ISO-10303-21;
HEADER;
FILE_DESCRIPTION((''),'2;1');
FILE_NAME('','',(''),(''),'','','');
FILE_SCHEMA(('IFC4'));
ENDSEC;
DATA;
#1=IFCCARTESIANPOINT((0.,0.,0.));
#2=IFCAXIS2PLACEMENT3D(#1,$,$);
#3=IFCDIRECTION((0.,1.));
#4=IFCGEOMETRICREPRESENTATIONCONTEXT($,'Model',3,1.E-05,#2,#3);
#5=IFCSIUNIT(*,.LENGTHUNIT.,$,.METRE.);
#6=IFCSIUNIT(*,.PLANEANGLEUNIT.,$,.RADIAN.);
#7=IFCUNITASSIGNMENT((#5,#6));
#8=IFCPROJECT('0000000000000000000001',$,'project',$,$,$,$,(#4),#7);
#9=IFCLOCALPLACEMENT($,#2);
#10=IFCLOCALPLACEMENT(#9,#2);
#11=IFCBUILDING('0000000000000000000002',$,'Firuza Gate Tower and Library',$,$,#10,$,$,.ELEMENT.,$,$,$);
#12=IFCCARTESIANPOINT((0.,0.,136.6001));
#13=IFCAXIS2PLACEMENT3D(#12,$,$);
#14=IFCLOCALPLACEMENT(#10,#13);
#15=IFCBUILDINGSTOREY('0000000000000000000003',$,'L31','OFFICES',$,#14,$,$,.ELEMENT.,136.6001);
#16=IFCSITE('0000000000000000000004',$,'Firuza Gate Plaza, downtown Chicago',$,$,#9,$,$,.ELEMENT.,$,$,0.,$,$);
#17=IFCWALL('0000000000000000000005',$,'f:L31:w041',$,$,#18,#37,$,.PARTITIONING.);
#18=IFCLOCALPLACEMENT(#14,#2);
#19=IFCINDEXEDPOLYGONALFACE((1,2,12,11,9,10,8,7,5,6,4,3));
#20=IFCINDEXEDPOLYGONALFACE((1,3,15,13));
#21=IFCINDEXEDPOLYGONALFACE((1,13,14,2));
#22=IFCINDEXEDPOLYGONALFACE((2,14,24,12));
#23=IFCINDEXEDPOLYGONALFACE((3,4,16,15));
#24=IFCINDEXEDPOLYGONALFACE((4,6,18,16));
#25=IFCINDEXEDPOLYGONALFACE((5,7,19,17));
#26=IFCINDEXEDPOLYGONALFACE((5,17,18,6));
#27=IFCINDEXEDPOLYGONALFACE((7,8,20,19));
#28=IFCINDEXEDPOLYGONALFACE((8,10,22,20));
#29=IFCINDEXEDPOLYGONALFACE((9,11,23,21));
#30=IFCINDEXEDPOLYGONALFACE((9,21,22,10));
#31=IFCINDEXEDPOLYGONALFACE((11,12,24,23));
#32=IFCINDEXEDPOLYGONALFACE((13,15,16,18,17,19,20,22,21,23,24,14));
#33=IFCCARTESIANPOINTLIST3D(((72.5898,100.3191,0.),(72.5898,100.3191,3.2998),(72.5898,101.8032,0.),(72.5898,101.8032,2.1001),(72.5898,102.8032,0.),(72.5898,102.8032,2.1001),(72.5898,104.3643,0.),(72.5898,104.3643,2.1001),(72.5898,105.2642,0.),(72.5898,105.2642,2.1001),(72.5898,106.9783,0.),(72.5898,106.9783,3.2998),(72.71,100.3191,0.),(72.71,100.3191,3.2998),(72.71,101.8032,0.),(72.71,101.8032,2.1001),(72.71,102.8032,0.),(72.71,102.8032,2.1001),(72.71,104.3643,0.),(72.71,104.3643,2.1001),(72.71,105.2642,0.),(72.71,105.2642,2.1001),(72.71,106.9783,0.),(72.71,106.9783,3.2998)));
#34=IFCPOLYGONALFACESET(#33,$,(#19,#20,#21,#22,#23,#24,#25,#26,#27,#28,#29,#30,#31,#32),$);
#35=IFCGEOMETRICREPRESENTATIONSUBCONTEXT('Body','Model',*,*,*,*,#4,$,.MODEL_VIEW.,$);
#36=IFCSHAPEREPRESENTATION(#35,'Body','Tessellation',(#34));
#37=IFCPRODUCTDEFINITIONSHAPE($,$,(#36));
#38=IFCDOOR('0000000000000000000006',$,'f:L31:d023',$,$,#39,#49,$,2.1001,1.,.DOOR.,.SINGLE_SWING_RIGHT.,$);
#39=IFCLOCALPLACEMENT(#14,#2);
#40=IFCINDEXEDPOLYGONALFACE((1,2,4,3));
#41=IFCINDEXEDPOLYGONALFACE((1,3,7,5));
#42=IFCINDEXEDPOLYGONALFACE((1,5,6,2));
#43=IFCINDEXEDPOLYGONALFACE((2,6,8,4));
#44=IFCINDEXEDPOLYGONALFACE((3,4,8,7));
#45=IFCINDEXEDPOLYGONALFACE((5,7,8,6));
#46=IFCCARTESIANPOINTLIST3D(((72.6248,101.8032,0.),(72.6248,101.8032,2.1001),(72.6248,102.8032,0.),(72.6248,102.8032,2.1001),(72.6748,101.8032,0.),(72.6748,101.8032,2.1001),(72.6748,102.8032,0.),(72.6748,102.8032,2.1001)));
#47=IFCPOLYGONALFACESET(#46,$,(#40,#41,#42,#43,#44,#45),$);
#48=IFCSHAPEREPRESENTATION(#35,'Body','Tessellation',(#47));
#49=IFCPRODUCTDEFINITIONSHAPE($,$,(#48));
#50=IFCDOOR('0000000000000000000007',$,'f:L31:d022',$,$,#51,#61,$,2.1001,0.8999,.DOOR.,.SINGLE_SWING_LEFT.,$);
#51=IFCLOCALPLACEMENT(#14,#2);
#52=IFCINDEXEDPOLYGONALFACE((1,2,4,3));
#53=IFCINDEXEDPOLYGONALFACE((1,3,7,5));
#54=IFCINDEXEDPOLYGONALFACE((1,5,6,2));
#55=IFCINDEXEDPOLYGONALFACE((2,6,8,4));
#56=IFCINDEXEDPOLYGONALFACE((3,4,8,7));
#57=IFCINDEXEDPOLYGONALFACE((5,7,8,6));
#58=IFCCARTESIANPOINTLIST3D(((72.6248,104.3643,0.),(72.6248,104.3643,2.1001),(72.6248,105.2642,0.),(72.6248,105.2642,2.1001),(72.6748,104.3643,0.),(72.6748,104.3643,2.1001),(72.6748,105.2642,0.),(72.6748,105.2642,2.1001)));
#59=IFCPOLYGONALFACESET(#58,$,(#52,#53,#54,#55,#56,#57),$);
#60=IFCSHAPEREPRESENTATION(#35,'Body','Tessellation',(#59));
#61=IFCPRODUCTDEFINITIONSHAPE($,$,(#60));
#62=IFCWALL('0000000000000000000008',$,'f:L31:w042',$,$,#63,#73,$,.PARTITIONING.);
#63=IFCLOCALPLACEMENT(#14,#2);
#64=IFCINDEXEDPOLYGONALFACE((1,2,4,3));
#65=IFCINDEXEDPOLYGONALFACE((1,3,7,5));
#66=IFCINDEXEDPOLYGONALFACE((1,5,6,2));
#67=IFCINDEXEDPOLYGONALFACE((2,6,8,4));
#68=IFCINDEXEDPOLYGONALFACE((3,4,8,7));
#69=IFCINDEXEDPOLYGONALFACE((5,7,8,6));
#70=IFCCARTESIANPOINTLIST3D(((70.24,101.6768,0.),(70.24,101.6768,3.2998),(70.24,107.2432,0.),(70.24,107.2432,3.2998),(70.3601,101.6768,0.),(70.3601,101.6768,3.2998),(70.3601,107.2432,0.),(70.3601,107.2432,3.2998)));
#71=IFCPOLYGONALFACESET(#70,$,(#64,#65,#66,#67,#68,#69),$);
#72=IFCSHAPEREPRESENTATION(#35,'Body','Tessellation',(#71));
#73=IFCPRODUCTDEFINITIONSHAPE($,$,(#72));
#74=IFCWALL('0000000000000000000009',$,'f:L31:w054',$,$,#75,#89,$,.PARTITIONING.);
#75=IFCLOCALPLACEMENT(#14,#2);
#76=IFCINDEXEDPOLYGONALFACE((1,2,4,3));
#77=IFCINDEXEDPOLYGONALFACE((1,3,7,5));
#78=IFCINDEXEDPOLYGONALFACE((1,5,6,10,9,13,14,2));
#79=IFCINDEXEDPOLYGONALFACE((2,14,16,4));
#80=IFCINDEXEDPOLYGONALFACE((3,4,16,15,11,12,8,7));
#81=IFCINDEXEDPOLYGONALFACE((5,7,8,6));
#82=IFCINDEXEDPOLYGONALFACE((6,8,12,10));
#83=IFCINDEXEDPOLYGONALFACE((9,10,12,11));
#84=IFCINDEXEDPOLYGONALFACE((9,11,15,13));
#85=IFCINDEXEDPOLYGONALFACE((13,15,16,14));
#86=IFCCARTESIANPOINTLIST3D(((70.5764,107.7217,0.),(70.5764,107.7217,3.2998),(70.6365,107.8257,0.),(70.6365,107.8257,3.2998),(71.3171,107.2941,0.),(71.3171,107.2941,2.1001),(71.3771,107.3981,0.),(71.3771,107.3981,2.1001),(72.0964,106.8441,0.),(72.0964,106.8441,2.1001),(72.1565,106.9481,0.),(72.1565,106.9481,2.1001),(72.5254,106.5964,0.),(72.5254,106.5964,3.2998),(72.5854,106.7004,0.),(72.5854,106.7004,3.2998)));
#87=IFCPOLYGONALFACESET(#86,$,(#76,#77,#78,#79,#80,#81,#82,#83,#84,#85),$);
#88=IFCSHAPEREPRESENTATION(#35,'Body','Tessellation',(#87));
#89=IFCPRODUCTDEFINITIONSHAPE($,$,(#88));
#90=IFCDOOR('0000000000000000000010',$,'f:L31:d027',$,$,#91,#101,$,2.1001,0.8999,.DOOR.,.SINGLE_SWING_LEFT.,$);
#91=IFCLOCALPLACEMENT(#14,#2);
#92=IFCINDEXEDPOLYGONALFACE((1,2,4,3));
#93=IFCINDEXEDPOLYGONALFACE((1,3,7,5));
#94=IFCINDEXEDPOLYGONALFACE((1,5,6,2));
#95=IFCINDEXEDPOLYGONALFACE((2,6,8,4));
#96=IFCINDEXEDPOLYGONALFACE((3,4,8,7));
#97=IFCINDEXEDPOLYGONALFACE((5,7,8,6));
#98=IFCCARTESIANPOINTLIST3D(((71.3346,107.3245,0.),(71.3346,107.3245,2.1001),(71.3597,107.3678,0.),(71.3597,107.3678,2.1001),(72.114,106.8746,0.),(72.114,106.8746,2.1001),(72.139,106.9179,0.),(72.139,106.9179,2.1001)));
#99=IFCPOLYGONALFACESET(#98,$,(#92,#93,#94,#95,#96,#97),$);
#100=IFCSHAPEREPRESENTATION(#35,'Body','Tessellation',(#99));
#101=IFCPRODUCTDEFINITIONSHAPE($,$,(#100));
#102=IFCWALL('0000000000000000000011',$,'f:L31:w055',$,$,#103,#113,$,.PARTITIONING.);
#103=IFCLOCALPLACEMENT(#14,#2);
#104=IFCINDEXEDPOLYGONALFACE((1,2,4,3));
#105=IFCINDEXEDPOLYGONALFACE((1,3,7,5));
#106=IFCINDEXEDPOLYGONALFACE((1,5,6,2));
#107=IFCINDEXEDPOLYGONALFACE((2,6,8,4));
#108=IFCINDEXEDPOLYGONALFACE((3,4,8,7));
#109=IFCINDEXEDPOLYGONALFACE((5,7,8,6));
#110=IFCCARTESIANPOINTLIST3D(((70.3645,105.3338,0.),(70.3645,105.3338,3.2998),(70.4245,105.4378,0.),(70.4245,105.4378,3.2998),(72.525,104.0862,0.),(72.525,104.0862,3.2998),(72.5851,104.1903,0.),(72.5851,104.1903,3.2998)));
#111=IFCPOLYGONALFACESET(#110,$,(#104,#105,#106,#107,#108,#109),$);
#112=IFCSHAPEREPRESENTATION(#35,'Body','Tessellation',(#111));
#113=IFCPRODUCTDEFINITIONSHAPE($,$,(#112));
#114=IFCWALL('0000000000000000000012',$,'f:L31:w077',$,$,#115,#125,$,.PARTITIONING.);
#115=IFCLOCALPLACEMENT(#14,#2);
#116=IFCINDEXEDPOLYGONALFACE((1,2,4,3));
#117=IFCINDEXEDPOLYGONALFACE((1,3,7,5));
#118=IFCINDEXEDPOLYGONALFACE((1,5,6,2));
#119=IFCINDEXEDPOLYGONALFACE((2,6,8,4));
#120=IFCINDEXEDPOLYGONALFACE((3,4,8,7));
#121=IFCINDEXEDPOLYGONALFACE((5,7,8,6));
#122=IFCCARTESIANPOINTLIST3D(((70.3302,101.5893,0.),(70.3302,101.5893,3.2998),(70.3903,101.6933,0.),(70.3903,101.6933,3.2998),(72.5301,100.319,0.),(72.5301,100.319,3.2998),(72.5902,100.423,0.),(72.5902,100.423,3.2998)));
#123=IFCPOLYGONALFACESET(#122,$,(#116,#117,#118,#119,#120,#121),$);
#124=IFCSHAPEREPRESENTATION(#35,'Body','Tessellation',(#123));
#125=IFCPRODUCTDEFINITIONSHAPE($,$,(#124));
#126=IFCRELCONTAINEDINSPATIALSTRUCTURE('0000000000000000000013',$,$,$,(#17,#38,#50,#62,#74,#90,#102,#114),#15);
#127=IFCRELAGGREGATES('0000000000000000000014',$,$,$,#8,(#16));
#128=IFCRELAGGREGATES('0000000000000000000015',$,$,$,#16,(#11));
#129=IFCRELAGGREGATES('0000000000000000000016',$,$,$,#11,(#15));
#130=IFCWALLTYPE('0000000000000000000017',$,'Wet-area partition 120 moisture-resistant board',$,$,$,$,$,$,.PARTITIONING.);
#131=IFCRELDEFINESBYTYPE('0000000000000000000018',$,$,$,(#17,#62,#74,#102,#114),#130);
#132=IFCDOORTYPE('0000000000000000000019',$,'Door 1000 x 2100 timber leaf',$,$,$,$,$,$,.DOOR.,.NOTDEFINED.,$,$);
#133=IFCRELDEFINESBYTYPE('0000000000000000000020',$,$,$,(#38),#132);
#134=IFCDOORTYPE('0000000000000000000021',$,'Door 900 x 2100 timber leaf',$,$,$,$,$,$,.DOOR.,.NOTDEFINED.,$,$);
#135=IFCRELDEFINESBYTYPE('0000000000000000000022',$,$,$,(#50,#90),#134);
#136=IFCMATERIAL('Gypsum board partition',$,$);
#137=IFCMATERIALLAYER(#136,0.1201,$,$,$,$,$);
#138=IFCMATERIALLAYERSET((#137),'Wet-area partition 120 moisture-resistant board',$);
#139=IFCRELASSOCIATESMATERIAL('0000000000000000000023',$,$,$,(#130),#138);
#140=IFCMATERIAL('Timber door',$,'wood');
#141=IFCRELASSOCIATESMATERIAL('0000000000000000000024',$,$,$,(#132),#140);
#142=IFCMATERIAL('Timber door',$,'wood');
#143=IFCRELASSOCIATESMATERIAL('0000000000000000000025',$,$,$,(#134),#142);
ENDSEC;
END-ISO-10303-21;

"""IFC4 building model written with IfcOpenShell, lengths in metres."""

from ifc_helpers import new_model, si_unit, direction, frame, frame_2d, origin, place, context, subcontext, project, spatial, rectangle, extrude, material, layer, layer_set, type_object, element, fill, save


model = new_model("IFC4")

# Units and contexts
model_context = context("Model", 3, precision=1e-05, world=origin(), true_north=direction((0.0, 1.0)))
body_context = subcontext(model_context, "Body", "Model", "MODEL_VIEW")
ifc_project = project(units=[si_unit("LENGTHUNIT", "METRE"), si_unit("PLANEANGLEUNIT", "RADIAN")], contexts=[model_context])

# Site, building, storey
site_placement = place(None, origin())
site = spatial("IfcSite", under=ifc_project, at=site_placement, Name="Firuza Gate Plaza, downtown Chicago", CompositionType="ELEMENT", RefElevation=0.0)
building_placement = place(site_placement, origin())
building = spatial("IfcBuilding", under=site, at=building_placement, Name="Firuza Gate Tower and Library", CompositionType="ELEMENT")
storey_placement = place(building_placement, frame((0.0, 0.0, 136.6001)))
storey = spatial("IfcBuildingStorey", under=building, at=storey_placement, Name="L31", Description="OFFICES", CompositionType="ELEMENT", Elevation=136.6001)

# Shared definitions
ifc_material_1 = material(Name="Gypsum board partition")
ifc_layer_1 = layer(ifc_material_1, 0.1201)
ifc_layer_set_1 = layer_set([ifc_layer_1], Name="Wet-area partition 120 moisture-resistant board")
wall_type_1 = type_object("IfcWallType", Name="Wet-area partition 120 moisture-resistant board", PredefinedType="PARTITIONING", material=ifc_layer_set_1)

# Wall, openings, doors
wall_1_placement = place(storey_placement, frame((72.6499, 106.9783, 0.0), z_axis=(0.0, 0.0, 1.0), x_axis=(0.0, -1.0, 0.0)))
wall_1 = element("IfcWall", 1, at=wall_1_placement, inside=storey, type_object=wall_type_1, Name="f:L31:w041", PredefinedType="PARTITIONING", context=body_context, shape_type="SweptSolid", body=[
    extrude(rectangle(XDim=6.6592, YDim=0.1201, at=frame_2d((3.3296, 0.0))), origin(), (0.0, 0.0, 1.0), 3.2998),
])
opening_1_placement = place(wall_1_placement, frame((1.7141, 0.0, 0.0)))
opening_1 = element("IfcOpeningElement", 2, at=opening_1_placement, cuts=wall_1, PredefinedType="OPENING", context=body_context, shape_type="SweptSolid", body=[
    extrude(rectangle(XDim=0.8999, YDim=2.1001, at=frame_2d((0.45, 1.05))), frame((0.0, 0.0701, 0.0), z_axis=(0.0, -1.0, 0.0), x_axis=(1.0, 0.0, 0.0)), (0.0, 0.0, 1.0), 0.1401),
])
opening_2_placement = place(wall_1_placement, frame((4.175, 0.0, 0.0)))
opening_2 = element("IfcOpeningElement", 3, at=opening_2_placement, cuts=wall_1, PredefinedType="OPENING", context=body_context, shape_type="SweptSolid", body=[
    extrude(rectangle(XDim=1.0, YDim=2.1001, at=frame_2d((0.5, 1.05))), frame((0.0, 0.0701, 0.0), z_axis=(0.0, -1.0, 0.0), x_axis=(1.0, 0.0, 0.0)), (0.0, 0.0, 1.0), 0.1401),
])
ifc_material_2 = material(Name="Timber door", Category="wood")
door_type_1 = type_object("IfcDoorType", Name="Door 1000 x 2100 timber leaf", OperationType="NOTDEFINED", PredefinedType="DOOR", material=ifc_material_2)
door_1_placement = place(opening_2_placement, origin())
door_1 = element("IfcDoor", 4, at=door_1_placement, inside=storey, type_object=door_type_1, Name="f:L31:d023", OperationType="SINGLE_SWING_RIGHT", OverallHeight=2.1001, OverallWidth=1.0, PredefinedType="DOOR", context=body_context, shape_type="SweptSolid", body=[
    extrude(rectangle(XDim=1.0, YDim=2.1001, at=frame_2d((0.5, 1.05))), frame((0.0, 0.0249, 0.0), z_axis=(0.0, -1.0, 0.0), x_axis=(1.0, 0.0, 0.0)), (0.0, 0.0, 1.0), 0.05),
])
fill(opening_2, door_1)
ifc_material_3 = material(Name="Timber door", Category="wood")
door_type_2 = type_object("IfcDoorType", Name="Door 900 x 2100 timber leaf", OperationType="NOTDEFINED", PredefinedType="DOOR", material=ifc_material_3)
door_2_placement = place(opening_1_placement, origin())
door_2 = element("IfcDoor", 5, at=door_2_placement, inside=storey, type_object=door_type_2, Name="f:L31:d022", OperationType="SINGLE_SWING_LEFT", OverallHeight=2.1001, OverallWidth=0.8999, PredefinedType="DOOR", context=body_context, shape_type="SweptSolid", body=[
    extrude(rectangle(XDim=0.8999, YDim=2.1001, at=frame_2d((0.45, 1.05))), frame((0.0, 0.0249, 0.0), z_axis=(0.0, -1.0, 0.0), x_axis=(1.0, 0.0, 0.0)), (0.0, 0.0, 1.0), 0.05),
])
fill(opening_1, door_2)

# Wall
wall_2_placement = place(storey_placement, frame((70.3, 101.6768, 0.0), z_axis=(0.0, 0.0, 1.0), x_axis=(0.0, 1.0, 0.0)))
element("IfcWall", 6, at=wall_2_placement, inside=storey, type_object=wall_type_1, Name="f:L31:w042", PredefinedType="PARTITIONING", context=body_context, shape_type="SweptSolid", body=[
    extrude(rectangle(XDim=5.5664, YDim=0.1201, at=frame_2d((2.7832, 0.0))), origin(), (0.0, 0.0, 1.0), 3.2998),
])

# Wall, opening, door
wall_3_placement = place(storey_placement, frame((72.5554, 106.6484, 0.0), z_axis=(0.0, 0.0, 1.0), x_axis=(-0.866025, 0.500001, 0.0)))
wall_3 = element("IfcWall", 7, at=wall_3_placement, inside=storey, type_object=wall_type_1, Name="f:L31:w054", PredefinedType="PARTITIONING", context=body_context, shape_type="SweptSolid", body=[
    extrude(rectangle(XDim=2.2505, YDim=0.1201, at=frame_2d((1.1252, 0.0))), origin(), (0.0, 0.0, 1.0), 3.2998),
])
opening_3_placement = place(wall_3_placement, frame((0.4954, 0.0, 0.0)))
opening_3 = element("IfcOpeningElement", 8, at=opening_3_placement, cuts=wall_3, PredefinedType="OPENING", context=body_context, shape_type="SweptSolid", body=[
    extrude(rectangle(XDim=0.8999, YDim=2.1001, at=frame_2d((0.45, 1.05))), frame((0.0, 0.0701, 0.0), z_axis=(0.0, -1.0, 0.0), x_axis=(1.0, 0.0, 0.0)), (0.0, 0.0, 1.0), 0.1401),
])
door_3_placement = place(opening_3_placement, origin())
door_3 = element("IfcDoor", 9, at=door_3_placement, inside=storey, type_object=door_type_2, Name="f:L31:d027", OperationType="SINGLE_SWING_LEFT", OverallHeight=2.1001, OverallWidth=0.8999, PredefinedType="DOOR", context=body_context, shape_type="SweptSolid", body=[
    extrude(rectangle(XDim=0.8999, YDim=2.1001, at=frame_2d((0.45, 1.05))), frame((0.0, 0.0249, 0.0), z_axis=(0.0, -1.0, 0.0), x_axis=(1.0, 0.0, 0.0)), (0.0, 0.0, 1.0), 0.05),
])
fill(opening_3, door_3)

# Walls
wall_4_placement = place(storey_placement, frame((72.5552, 104.1382, 0.0), z_axis=(0.0, 0.0, 1.0), x_axis=(-0.866006, 0.500033, 0.0)))
element("IfcWall", 10, at=wall_4_placement, inside=storey, type_object=wall_type_1, Name="f:L31:w055", PredefinedType="PARTITIONING", context=body_context, shape_type="SweptSolid", body=[
    extrude(rectangle(XDim=2.4949, YDim=0.1201, at=frame_2d((1.2476, 0.0))), origin(), (0.0, 0.0, 1.0), 3.2998),
])
wall_5_placement = place(storey_placement, frame((72.5601, 100.3711, 0.0), z_axis=(0.0, 0.0, 1.0), x_axis=(-0.866005, 0.500036, 0.0)))
element("IfcWall", 11, at=wall_5_placement, inside=storey, type_object=wall_type_1, Name="f:L31:w077", PredefinedType="PARTITIONING", context=body_context, shape_type="SweptSolid", body=[
    extrude(rectangle(XDim=2.5403, YDim=0.1201, at=frame_2d((1.27, 0.0))), origin(), (0.0, 0.0, 1.0), 3.2998),
])

save(model, "model.ifc")
